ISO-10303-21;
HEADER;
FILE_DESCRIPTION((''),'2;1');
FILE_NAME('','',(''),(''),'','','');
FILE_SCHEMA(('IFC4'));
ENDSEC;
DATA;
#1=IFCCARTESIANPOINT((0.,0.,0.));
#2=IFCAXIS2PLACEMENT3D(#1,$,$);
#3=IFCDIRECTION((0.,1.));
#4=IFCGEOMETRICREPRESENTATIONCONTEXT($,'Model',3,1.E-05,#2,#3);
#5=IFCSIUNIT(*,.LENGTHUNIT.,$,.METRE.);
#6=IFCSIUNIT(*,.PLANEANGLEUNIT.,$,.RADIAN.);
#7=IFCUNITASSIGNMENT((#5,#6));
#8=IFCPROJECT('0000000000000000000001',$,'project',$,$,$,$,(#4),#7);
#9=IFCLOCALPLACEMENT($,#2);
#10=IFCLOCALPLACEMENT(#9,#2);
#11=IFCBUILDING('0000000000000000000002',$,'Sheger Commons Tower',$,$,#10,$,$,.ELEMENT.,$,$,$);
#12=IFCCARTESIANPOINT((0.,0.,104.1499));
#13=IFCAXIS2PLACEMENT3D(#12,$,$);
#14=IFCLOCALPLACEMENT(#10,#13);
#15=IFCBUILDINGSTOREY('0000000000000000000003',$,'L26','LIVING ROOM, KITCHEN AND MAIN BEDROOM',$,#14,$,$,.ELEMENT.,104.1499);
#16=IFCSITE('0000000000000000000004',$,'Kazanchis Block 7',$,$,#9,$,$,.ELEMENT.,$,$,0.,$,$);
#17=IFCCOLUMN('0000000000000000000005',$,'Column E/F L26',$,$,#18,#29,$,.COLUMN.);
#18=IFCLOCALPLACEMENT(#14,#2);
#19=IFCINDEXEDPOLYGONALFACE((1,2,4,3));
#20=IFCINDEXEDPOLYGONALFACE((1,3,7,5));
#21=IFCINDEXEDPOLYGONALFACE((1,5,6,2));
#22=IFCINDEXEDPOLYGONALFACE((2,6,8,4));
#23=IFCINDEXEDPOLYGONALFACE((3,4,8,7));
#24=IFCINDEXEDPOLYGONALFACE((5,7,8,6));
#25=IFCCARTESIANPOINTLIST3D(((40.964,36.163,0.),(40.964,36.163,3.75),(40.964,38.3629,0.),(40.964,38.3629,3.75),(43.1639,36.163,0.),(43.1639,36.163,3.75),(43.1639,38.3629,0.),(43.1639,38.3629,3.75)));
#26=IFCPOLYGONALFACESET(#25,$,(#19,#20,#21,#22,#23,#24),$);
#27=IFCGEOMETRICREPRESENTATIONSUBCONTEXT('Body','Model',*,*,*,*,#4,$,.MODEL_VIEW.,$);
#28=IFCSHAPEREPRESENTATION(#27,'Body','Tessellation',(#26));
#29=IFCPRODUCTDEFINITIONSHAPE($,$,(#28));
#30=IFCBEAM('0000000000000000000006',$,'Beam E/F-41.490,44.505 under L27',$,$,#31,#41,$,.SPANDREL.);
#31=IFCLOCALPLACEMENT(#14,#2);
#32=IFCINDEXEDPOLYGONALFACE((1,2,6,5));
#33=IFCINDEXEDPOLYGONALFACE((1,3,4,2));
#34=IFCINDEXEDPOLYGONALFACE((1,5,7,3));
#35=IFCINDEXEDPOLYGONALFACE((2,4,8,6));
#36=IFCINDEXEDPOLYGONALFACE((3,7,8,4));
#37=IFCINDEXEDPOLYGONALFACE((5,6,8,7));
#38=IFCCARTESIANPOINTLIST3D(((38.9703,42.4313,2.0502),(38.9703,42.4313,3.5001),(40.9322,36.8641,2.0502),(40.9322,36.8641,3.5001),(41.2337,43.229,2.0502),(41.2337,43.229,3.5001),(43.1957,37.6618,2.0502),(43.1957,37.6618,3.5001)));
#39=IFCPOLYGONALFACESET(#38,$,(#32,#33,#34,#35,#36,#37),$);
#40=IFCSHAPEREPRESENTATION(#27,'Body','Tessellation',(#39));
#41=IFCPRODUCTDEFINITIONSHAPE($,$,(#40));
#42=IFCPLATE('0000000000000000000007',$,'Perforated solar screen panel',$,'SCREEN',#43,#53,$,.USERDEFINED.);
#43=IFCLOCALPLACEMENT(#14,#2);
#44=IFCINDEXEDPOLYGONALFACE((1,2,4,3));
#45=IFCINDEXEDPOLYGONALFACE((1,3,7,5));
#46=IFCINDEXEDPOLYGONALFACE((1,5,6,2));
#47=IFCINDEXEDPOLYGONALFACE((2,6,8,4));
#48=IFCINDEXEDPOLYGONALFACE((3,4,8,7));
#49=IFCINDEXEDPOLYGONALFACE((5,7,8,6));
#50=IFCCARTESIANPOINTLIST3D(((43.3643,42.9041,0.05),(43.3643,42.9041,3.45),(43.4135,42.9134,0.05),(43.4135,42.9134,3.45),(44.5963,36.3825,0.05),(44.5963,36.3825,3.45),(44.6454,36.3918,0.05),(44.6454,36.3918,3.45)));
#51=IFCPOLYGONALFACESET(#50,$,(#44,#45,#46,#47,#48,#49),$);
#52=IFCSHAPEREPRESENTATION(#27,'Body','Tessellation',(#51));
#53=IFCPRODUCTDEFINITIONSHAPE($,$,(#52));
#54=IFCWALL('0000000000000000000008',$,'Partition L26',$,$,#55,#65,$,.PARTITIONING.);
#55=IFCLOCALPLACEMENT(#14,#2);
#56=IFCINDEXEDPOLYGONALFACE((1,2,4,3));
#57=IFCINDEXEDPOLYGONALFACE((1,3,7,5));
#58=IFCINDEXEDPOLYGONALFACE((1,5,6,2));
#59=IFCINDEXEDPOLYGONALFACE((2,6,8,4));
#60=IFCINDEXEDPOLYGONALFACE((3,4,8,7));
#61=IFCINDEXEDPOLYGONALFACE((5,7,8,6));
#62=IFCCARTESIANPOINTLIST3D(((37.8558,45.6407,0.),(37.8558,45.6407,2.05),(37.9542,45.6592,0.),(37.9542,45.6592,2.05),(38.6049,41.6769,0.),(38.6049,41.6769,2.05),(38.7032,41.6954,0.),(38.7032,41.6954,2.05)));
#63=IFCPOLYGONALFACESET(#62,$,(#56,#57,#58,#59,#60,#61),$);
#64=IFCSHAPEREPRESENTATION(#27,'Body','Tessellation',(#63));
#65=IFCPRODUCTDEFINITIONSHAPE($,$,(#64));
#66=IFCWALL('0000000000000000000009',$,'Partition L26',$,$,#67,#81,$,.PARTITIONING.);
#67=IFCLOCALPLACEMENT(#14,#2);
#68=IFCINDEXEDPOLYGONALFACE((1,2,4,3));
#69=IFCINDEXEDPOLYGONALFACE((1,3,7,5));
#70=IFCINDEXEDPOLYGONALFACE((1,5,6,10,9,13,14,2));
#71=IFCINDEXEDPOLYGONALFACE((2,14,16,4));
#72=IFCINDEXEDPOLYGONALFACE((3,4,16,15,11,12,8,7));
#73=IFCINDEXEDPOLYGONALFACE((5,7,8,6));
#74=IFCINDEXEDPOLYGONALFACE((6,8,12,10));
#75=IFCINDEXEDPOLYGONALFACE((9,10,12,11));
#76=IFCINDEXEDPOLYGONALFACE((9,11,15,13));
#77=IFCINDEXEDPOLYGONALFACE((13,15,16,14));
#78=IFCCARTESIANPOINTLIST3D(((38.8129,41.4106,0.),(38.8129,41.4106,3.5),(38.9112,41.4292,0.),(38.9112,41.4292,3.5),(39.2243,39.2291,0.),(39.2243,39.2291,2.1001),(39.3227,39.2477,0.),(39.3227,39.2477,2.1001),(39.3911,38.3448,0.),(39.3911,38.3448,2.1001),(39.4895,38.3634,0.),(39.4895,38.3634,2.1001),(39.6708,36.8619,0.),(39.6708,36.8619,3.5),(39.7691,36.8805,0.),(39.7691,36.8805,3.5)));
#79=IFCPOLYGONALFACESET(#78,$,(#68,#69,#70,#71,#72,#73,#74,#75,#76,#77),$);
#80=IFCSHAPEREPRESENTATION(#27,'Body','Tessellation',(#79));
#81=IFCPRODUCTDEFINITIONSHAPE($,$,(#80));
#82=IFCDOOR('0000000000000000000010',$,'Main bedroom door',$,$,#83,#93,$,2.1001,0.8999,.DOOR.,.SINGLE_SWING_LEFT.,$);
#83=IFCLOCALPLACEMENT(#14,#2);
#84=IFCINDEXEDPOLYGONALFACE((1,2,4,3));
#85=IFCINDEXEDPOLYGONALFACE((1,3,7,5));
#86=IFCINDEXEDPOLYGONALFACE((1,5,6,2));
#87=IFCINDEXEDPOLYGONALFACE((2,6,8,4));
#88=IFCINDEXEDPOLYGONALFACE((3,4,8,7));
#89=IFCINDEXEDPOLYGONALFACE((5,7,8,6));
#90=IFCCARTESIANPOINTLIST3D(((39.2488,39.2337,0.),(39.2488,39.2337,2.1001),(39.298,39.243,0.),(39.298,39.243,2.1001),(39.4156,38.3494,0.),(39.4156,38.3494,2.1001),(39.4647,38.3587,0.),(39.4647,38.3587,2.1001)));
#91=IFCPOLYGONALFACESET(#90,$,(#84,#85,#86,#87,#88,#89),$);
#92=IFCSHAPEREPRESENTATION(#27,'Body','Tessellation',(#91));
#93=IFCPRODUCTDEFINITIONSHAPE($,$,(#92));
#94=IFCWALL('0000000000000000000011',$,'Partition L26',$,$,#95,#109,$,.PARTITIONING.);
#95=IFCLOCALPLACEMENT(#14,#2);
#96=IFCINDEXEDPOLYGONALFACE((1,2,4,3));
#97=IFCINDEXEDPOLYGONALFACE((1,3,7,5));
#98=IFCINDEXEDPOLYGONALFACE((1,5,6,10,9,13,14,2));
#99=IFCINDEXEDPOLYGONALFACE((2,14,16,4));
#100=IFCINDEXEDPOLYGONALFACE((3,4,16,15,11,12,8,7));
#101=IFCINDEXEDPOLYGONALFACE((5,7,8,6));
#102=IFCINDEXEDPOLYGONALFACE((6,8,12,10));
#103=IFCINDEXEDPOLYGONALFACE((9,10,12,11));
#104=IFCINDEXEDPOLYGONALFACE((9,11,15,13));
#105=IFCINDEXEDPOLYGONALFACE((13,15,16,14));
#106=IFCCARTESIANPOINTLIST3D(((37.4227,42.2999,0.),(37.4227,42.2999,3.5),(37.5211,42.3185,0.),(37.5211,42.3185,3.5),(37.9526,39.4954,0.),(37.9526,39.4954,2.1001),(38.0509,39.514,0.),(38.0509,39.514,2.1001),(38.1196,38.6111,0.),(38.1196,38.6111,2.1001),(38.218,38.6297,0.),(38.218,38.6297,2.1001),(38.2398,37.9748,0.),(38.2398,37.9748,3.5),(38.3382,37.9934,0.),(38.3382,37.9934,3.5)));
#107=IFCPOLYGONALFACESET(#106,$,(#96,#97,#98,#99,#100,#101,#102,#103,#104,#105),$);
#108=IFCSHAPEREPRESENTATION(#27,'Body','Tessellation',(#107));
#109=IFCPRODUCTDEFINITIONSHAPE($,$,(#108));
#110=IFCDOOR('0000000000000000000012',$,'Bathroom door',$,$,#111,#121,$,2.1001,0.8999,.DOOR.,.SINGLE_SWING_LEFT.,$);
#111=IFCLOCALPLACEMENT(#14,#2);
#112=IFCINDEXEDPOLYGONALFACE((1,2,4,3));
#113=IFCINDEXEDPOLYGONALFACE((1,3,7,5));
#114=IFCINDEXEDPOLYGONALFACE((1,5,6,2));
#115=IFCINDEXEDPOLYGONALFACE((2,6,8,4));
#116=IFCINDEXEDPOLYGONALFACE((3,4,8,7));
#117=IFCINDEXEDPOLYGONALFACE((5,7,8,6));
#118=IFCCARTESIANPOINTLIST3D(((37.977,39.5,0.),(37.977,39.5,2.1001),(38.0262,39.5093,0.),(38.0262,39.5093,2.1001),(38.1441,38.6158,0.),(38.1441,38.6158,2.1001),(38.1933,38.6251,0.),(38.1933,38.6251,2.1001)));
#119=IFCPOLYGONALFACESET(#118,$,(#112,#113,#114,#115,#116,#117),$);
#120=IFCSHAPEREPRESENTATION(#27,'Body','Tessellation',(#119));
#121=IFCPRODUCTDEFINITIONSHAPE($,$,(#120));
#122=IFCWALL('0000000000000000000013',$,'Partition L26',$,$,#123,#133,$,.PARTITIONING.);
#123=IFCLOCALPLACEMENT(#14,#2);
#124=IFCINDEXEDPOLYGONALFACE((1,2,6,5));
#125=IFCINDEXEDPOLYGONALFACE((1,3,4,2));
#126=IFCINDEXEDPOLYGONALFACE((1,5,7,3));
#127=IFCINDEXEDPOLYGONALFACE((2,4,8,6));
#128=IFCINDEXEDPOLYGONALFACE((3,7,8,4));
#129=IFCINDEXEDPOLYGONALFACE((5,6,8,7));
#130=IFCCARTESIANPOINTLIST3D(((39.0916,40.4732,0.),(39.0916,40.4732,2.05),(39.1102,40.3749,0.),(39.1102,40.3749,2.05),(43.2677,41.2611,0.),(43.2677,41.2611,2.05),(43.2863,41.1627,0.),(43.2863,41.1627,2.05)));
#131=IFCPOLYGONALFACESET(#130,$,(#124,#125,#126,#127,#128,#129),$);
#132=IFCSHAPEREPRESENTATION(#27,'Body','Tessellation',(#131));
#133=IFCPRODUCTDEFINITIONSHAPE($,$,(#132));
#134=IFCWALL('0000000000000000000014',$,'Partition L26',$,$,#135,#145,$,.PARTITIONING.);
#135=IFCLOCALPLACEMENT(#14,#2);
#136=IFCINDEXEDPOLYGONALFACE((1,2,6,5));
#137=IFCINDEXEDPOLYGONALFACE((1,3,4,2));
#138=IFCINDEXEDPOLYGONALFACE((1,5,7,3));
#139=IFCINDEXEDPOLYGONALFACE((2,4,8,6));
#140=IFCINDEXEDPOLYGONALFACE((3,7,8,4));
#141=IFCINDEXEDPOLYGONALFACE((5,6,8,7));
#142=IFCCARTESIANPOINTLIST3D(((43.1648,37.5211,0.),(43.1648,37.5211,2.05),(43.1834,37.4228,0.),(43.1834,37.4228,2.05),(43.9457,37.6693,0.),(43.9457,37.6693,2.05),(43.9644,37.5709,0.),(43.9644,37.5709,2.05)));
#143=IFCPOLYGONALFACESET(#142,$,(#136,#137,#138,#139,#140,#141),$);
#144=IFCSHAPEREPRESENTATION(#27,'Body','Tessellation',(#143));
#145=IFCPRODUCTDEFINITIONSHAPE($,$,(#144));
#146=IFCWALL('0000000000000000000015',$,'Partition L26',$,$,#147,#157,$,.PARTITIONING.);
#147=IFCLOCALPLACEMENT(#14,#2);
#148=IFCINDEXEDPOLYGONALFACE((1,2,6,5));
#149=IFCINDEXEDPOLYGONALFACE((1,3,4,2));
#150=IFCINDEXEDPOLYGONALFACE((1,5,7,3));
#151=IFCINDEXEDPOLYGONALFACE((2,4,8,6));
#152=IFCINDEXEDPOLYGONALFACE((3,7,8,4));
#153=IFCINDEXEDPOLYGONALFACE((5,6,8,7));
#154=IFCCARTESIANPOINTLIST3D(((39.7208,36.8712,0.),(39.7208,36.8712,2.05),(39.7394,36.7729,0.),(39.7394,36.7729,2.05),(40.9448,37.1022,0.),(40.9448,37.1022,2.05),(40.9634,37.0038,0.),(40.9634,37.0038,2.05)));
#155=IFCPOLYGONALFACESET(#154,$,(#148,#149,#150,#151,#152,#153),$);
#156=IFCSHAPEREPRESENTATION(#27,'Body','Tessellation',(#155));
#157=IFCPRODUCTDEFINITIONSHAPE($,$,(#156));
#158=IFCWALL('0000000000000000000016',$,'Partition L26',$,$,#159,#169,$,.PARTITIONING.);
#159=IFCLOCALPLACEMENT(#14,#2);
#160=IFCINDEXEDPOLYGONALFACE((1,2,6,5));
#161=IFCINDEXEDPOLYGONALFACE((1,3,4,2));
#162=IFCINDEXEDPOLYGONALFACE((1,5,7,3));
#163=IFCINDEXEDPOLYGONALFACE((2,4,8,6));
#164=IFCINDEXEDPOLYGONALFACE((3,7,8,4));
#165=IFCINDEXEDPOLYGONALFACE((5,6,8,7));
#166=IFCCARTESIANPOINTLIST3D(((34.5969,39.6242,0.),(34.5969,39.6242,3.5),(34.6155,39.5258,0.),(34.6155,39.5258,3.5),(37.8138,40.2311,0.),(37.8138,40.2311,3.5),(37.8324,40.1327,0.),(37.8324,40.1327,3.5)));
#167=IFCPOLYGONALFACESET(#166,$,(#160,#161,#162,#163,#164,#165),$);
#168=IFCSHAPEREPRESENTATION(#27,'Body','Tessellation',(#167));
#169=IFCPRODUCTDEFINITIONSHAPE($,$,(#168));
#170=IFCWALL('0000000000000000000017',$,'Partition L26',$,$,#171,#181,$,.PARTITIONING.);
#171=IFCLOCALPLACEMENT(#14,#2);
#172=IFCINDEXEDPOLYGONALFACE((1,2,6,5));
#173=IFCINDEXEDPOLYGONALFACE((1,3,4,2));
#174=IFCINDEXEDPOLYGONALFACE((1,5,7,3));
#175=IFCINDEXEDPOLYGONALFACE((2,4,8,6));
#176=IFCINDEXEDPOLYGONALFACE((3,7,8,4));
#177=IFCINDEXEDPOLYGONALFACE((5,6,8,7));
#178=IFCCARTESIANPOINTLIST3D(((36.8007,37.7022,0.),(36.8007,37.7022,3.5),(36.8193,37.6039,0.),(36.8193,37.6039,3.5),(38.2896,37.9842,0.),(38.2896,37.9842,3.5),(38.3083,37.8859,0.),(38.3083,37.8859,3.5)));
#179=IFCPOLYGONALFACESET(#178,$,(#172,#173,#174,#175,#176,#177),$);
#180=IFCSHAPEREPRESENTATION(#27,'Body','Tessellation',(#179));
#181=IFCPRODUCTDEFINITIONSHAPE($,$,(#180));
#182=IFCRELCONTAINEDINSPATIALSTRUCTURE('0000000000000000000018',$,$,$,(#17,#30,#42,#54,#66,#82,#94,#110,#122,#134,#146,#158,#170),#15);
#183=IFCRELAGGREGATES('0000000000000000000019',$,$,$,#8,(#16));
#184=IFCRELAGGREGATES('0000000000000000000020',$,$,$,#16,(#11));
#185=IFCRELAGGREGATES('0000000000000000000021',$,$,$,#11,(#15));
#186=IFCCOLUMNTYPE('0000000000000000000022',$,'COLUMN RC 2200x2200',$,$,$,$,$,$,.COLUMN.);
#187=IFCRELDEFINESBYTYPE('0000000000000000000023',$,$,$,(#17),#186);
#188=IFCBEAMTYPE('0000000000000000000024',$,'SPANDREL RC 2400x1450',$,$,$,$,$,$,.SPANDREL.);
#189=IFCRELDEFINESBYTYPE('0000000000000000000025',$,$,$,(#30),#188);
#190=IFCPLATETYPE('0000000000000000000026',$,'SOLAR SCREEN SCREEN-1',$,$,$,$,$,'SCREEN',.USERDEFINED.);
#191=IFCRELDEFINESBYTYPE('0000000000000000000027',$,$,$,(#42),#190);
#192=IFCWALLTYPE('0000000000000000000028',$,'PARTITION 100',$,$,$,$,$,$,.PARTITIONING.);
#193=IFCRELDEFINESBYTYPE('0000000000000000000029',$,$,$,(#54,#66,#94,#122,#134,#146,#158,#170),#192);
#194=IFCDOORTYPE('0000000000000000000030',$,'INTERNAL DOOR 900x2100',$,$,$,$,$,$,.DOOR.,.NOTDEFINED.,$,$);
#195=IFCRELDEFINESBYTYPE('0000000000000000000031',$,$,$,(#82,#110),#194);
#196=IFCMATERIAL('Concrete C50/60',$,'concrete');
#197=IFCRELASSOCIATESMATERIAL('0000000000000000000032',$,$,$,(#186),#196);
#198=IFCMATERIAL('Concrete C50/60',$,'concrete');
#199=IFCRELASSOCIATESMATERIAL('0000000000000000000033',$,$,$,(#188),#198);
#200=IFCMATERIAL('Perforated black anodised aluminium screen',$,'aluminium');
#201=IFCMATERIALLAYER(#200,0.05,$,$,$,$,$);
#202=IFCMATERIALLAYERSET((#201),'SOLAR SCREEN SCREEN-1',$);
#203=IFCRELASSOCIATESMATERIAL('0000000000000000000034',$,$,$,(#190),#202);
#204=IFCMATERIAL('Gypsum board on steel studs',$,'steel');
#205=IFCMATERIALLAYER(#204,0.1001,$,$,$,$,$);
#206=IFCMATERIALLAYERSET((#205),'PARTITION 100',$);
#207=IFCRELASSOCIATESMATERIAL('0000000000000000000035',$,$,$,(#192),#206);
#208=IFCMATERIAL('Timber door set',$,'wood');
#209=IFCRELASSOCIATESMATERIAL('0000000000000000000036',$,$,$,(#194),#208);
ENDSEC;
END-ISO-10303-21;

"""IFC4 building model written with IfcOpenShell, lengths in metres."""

from ifc_helpers import new_model, si_unit, direction, frame, frame_2d, origin, origin_2d, place, context, subcontext, project, spatial, rectangle, extrude, material, layer, layer_set, material_profile, profile_set, type_object, element, fill, save


model = new_model("IFC4")

# Units and contexts
model_context = context("Model", 3, precision=1e-05, world=origin(), true_north=direction((0.0, 1.0)))
body_context = subcontext(model_context, "Body", "Model", "MODEL_VIEW")
ifc_project = project(units=[si_unit("LENGTHUNIT", "METRE"), si_unit("PLANEANGLEUNIT", "RADIAN")], contexts=[model_context])

# Site, building, storey
site_placement = place(None, origin())
site = spatial("IfcSite", under=ifc_project, at=site_placement, Name="Kazanchis Block 7", CompositionType="ELEMENT", RefElevation=0.0)
building_placement = place(site_placement, origin())
building = spatial("IfcBuilding", under=site, at=building_placement, Name="Sheger Commons Tower", CompositionType="ELEMENT")
storey_placement = place(building_placement, frame((0.0, 0.0, 104.1499)))
storey = spatial("IfcBuildingStorey", under=building, at=storey_placement, Name="L26", Description="LIVING ROOM, KITCHEN AND MAIN BEDROOM", CompositionType="ELEMENT", Elevation=104.1499)

# Column
ifc_material_1 = material(Name="Concrete C50/60", Category="concrete")
ifc_material_profile_1 = material_profile(ifc_material_1, rectangle(XDim=2.2, YDim=2.2, at=origin_2d()), Name="RC 2200x2200")
ifc_profile_set_1 = profile_set([ifc_material_profile_1], Name="Concrete C50/60")
column_type = type_object("IfcColumnType", Name="COLUMN RC 2200x2200", PredefinedType="COLUMN", material=ifc_profile_set_1)
column_placement = place(storey_placement, frame((42.064, 37.2629, 0.0), z_axis=(0.0, 0.0, 1.0), x_axis=(1.0, 0.0, 0.0)))
element("IfcColumn", 1, at=column_placement, inside=storey, type_object=column_type, Name="Column E/F L26", PredefinedType="COLUMN", context=body_context, shape_type="SweptSolid", body=[
    extrude(rectangle(XDim=2.2, YDim=2.2, at=origin_2d()), origin(), (0.0, 0.0, 1.0), 3.75),
])

# Beam
ifc_material_2 = material(Name="Concrete C50/60", Category="concrete")
ifc_material_profile_2 = material_profile(ifc_material_2, rectangle(XDim=2.3999, YDim=1.45, at=origin_2d()), Name="RC 2400x1450")
ifc_profile_set_2 = profile_set([ifc_material_profile_2], Name="Concrete C50/60")
beam_type = type_object("IfcBeamType", Name="SPANDREL RC 2400x1450", PredefinedType="SPANDREL", material=ifc_profile_set_2)
beam_placement = place(storey_placement, frame((42.064, 37.2629, 2.7751), z_axis=(-0.332374, 0.943148, 0.0), x_axis=(-0.943148, -0.332374, 0.0)))
element("IfcBeam", 2, at=beam_placement, inside=storey, type_object=beam_type, Name="Beam E/F-41.490,44.505 under L27", PredefinedType="SPANDREL", context=body_context, shape_type="SweptSolid", body=[
    extrude(rectangle(XDim=2.3999, YDim=1.45, at=origin_2d()), origin(), (0.0, 0.0, 1.0), 5.9028),
])

# Plate
ifc_material_3 = material(Name="Perforated black anodised aluminium screen", Category="aluminium")
ifc_layer_1 = layer(ifc_material_3, 0.05)
ifc_layer_set_1 = layer_set([ifc_layer_1], Name="SOLAR SCREEN SCREEN-1")
plate_type = type_object("IfcPlateType", Name="SOLAR SCREEN SCREEN-1", ElementType="SCREEN", PredefinedType="USERDEFINED", material=ifc_layer_set_1)
plate_placement = place(storey_placement, frame((44.0049, 39.6479, 0.05), z_axis=(0.0, 0.0, 1.0), x_axis=(-0.185615, 0.982623, 0.0)))
element("IfcPlate", 3, at=plate_placement, inside=storey, type_object=plate_type, Name="Perforated solar screen panel", ObjectType="SCREEN", PredefinedType="USERDEFINED", context=body_context, shape_type="SweptSolid", body=[
    extrude(rectangle(XDim=6.637, YDim=0.05, at=origin_2d()), origin(), (0.0, 0.0, 1.0), 3.3999),
])

# Wall
ifc_material_4 = material(Name="Gypsum board on steel studs", Category="steel")
ifc_layer_2 = layer(ifc_material_4, 0.1001)
ifc_layer_set_2 = layer_set([ifc_layer_2], Name="PARTITION 100")
wall_type = type_object("IfcWallType", Name="PARTITION 100", PredefinedType="PARTITIONING", material=ifc_layer_set_2)
wall_1_placement = place(storey_placement, frame((38.6541, 41.686, 0.0), z_axis=(0.0, 0.0, 1.0), x_axis=(-0.185677, 0.982611, 0.0)))
element("IfcWall", 4, at=wall_1_placement, inside=storey, type_object=wall_type, Name="Partition L26", PredefinedType="PARTITIONING", context=body_context, shape_type="SweptSolid", body=[
    extrude(rectangle(XDim=4.0339, YDim=0.1001, at=frame_2d((2.0171, 0.0))), origin(), (0.0, 0.0, 1.0), 2.05),
])

# Walls, openings, doors
wall_2_placement = place(storey_placement, frame((38.8621, 41.4199, 0.0), z_axis=(0.0, 0.0, 1.0), x_axis=(0.185333, -0.982676, 0.0)))
wall_2 = element("IfcWall", 5, at=wall_2_placement, inside=storey, type_object=wall_type, Name="Partition L26", PredefinedType="PARTITIONING", context=body_context, shape_type="SweptSolid", body=[
    extrude(rectangle(XDim=4.6289, YDim=0.1001, at=frame_2d((2.3145, 0.0))), origin(), (0.0, 0.0, 1.0), 3.5),
])
opening_1_placement = place(wall_2_placement, frame((2.22, 0.0, 0.0)))
opening_1 = element("IfcOpeningElement", 6, at=opening_1_placement, cuts=wall_2, PredefinedType="OPENING", context=body_context, shape_type="SweptSolid", body=[
    extrude(rectangle(XDim=0.8999, YDim=2.1001, at=frame_2d((0.45, 1.05))), frame((0.0, 0.0601, 0.0), z_axis=(0.0, -1.0, 0.0), x_axis=(1.0, 0.0, 0.0)), (0.0, 0.0, 1.0), 0.1201),
])
ifc_material_5 = material(Name="Timber door set", Category="wood")
door_type = type_object("IfcDoorType", Name="INTERNAL DOOR 900x2100", OperationType="NOTDEFINED", PredefinedType="DOOR", material=ifc_material_5)
door_1_placement = place(opening_1_placement, origin())
door_1 = element("IfcDoor", 7, at=door_1_placement, inside=storey, type_object=door_type, Name="Main bedroom door", OperationType="SINGLE_SWING_LEFT", OverallHeight=2.1001, OverallWidth=0.8999, PredefinedType="DOOR", context=body_context, shape_type="SweptSolid", body=[
    extrude(rectangle(XDim=0.8999, YDim=2.1001, at=frame_2d((0.45, 1.05))), frame((0.0, 0.0249, 0.0), z_axis=(0.0, -1.0, 0.0), x_axis=(1.0, 0.0, 0.0)), (0.0, 0.0, 1.0), 0.05),
])
fill(opening_1, door_1)
wall_3_placement = place(storey_placement, frame((37.4719, 42.3091, 0.0), z_axis=(0.0, 0.0, 1.0), x_axis=(0.185641, -0.982618, 0.0)))
wall_3 = element("IfcWall", 8, at=wall_3_placement, inside=storey, type_object=wall_type, Name="Partition L26", PredefinedType="PARTITIONING", context=body_context, shape_type="SweptSolid", body=[
    extrude(rectangle(XDim=4.4016, YDim=0.1001, at=frame_2d((2.2007, 0.0))), origin(), (0.0, 0.0, 1.0), 3.5),
])
opening_2_placement = place(wall_3_placement, frame((2.854, 0.0, 0.0)))
opening_2 = element("IfcOpeningElement", 9, at=opening_2_placement, cuts=wall_3, PredefinedType="OPENING", context=body_context, shape_type="SweptSolid", body=[
    extrude(rectangle(XDim=0.8999, YDim=2.1001, at=frame_2d((0.45, 1.05))), frame((0.0, 0.0601, 0.0), z_axis=(0.0, -1.0, 0.0), x_axis=(1.0, 0.0, 0.0)), (0.0, 0.0, 1.0), 0.1201),
])
door_2_placement = place(opening_2_placement, origin())
door_2 = element("IfcDoor", 10, at=door_2_placement, inside=storey, type_object=door_type, Name="Bathroom door", OperationType="SINGLE_SWING_LEFT", OverallHeight=2.1001, OverallWidth=0.8999, PredefinedType="DOOR", context=body_context, shape_type="SweptSolid", body=[
    extrude(rectangle(XDim=0.8999, YDim=2.1001, at=frame_2d((0.45, 1.05))), frame((0.0, 0.0249, 0.0), z_axis=(0.0, -1.0, 0.0), x_axis=(1.0, 0.0, 0.0)), (0.0, 0.0, 1.0), 0.05),
])
fill(opening_2, door_2)

# Walls
wall_4_placement = place(storey_placement, frame((43.2771, 41.2119, 0.0), z_axis=(0.0, 0.0, 1.0), x_axis=(-0.982665, -0.185388, 0.0)))
element("IfcWall", 11, at=wall_4_placement, inside=storey, type_object=wall_type, Name="Partition L26", PredefinedType="PARTITIONING", context=body_context, shape_type="SweptSolid", body=[
    extrude(rectangle(XDim=4.2498, YDim=0.1001, at=frame_2d((2.125, 0.0))), origin(), (0.0, 0.0, 1.0), 2.05),
])
wall_5_placement = place(storey_placement, frame((43.9551, 37.6201, 0.0), z_axis=(0.0, 0.0, 1.0), x_axis=(-0.98247, -0.186421, 0.0)))
element("IfcWall", 12, at=wall_5_placement, inside=storey, type_object=wall_type, Name="Partition L26", PredefinedType="PARTITIONING", context=body_context, shape_type="SweptSolid", body=[
    extrude(rectangle(XDim=0.7949, YDim=0.1001, at=frame_2d((0.3975, 0.0))), origin(), (0.0, 0.0, 1.0), 2.05),
])
wall_6_placement = place(storey_placement, frame((40.9541, 37.053, 0.0), z_axis=(0.0, 0.0, 1.0), x_axis=(-0.982663, -0.185401, 0.0)))
element("IfcWall", 13, at=wall_6_placement, inside=storey, type_object=wall_type, Name="Partition L26", PredefinedType="PARTITIONING", context=body_context, shape_type="SweptSolid", body=[
    extrude(rectangle(XDim=1.2456, YDim=0.1001, at=frame_2d((0.6228, 0.0))), origin(), (0.0, 0.0, 1.0), 2.05),
])
wall_7_placement = place(storey_placement, frame((37.823, 40.1819, 0.0), z_axis=(0.0, 0.0, 1.0), x_axis=(-0.982665, -0.185392, 0.0)))
element("IfcWall", 14, at=wall_7_placement, inside=storey, type_object=wall_type, Name="Partition L26", PredefinedType="PARTITIONING", context=body_context, shape_type="SweptSolid", body=[
    extrude(rectangle(XDim=3.2737, YDim=0.1001, at=frame_2d((1.6367, 0.0))), origin(), (0.0, 0.0, 1.0), 3.5),
])
wall_8_placement = place(storey_placement, frame((38.2991, 37.9351, 0.0), z_axis=(0.0, 0.0, 1.0), x_axis=(-0.982537, -0.186068, 0.0)))
element("IfcWall", 15, at=wall_8_placement, inside=storey, type_object=wall_type, Name="Partition L26", PredefinedType="PARTITIONING", context=body_context, shape_type="SweptSolid", body=[
    extrude(rectangle(XDim=1.5154, YDim=0.1001, at=frame_2d((0.7578, 0.0))), origin(), (0.0, 0.0, 1.0), 3.5),
])

save(model, "model.ifc")
